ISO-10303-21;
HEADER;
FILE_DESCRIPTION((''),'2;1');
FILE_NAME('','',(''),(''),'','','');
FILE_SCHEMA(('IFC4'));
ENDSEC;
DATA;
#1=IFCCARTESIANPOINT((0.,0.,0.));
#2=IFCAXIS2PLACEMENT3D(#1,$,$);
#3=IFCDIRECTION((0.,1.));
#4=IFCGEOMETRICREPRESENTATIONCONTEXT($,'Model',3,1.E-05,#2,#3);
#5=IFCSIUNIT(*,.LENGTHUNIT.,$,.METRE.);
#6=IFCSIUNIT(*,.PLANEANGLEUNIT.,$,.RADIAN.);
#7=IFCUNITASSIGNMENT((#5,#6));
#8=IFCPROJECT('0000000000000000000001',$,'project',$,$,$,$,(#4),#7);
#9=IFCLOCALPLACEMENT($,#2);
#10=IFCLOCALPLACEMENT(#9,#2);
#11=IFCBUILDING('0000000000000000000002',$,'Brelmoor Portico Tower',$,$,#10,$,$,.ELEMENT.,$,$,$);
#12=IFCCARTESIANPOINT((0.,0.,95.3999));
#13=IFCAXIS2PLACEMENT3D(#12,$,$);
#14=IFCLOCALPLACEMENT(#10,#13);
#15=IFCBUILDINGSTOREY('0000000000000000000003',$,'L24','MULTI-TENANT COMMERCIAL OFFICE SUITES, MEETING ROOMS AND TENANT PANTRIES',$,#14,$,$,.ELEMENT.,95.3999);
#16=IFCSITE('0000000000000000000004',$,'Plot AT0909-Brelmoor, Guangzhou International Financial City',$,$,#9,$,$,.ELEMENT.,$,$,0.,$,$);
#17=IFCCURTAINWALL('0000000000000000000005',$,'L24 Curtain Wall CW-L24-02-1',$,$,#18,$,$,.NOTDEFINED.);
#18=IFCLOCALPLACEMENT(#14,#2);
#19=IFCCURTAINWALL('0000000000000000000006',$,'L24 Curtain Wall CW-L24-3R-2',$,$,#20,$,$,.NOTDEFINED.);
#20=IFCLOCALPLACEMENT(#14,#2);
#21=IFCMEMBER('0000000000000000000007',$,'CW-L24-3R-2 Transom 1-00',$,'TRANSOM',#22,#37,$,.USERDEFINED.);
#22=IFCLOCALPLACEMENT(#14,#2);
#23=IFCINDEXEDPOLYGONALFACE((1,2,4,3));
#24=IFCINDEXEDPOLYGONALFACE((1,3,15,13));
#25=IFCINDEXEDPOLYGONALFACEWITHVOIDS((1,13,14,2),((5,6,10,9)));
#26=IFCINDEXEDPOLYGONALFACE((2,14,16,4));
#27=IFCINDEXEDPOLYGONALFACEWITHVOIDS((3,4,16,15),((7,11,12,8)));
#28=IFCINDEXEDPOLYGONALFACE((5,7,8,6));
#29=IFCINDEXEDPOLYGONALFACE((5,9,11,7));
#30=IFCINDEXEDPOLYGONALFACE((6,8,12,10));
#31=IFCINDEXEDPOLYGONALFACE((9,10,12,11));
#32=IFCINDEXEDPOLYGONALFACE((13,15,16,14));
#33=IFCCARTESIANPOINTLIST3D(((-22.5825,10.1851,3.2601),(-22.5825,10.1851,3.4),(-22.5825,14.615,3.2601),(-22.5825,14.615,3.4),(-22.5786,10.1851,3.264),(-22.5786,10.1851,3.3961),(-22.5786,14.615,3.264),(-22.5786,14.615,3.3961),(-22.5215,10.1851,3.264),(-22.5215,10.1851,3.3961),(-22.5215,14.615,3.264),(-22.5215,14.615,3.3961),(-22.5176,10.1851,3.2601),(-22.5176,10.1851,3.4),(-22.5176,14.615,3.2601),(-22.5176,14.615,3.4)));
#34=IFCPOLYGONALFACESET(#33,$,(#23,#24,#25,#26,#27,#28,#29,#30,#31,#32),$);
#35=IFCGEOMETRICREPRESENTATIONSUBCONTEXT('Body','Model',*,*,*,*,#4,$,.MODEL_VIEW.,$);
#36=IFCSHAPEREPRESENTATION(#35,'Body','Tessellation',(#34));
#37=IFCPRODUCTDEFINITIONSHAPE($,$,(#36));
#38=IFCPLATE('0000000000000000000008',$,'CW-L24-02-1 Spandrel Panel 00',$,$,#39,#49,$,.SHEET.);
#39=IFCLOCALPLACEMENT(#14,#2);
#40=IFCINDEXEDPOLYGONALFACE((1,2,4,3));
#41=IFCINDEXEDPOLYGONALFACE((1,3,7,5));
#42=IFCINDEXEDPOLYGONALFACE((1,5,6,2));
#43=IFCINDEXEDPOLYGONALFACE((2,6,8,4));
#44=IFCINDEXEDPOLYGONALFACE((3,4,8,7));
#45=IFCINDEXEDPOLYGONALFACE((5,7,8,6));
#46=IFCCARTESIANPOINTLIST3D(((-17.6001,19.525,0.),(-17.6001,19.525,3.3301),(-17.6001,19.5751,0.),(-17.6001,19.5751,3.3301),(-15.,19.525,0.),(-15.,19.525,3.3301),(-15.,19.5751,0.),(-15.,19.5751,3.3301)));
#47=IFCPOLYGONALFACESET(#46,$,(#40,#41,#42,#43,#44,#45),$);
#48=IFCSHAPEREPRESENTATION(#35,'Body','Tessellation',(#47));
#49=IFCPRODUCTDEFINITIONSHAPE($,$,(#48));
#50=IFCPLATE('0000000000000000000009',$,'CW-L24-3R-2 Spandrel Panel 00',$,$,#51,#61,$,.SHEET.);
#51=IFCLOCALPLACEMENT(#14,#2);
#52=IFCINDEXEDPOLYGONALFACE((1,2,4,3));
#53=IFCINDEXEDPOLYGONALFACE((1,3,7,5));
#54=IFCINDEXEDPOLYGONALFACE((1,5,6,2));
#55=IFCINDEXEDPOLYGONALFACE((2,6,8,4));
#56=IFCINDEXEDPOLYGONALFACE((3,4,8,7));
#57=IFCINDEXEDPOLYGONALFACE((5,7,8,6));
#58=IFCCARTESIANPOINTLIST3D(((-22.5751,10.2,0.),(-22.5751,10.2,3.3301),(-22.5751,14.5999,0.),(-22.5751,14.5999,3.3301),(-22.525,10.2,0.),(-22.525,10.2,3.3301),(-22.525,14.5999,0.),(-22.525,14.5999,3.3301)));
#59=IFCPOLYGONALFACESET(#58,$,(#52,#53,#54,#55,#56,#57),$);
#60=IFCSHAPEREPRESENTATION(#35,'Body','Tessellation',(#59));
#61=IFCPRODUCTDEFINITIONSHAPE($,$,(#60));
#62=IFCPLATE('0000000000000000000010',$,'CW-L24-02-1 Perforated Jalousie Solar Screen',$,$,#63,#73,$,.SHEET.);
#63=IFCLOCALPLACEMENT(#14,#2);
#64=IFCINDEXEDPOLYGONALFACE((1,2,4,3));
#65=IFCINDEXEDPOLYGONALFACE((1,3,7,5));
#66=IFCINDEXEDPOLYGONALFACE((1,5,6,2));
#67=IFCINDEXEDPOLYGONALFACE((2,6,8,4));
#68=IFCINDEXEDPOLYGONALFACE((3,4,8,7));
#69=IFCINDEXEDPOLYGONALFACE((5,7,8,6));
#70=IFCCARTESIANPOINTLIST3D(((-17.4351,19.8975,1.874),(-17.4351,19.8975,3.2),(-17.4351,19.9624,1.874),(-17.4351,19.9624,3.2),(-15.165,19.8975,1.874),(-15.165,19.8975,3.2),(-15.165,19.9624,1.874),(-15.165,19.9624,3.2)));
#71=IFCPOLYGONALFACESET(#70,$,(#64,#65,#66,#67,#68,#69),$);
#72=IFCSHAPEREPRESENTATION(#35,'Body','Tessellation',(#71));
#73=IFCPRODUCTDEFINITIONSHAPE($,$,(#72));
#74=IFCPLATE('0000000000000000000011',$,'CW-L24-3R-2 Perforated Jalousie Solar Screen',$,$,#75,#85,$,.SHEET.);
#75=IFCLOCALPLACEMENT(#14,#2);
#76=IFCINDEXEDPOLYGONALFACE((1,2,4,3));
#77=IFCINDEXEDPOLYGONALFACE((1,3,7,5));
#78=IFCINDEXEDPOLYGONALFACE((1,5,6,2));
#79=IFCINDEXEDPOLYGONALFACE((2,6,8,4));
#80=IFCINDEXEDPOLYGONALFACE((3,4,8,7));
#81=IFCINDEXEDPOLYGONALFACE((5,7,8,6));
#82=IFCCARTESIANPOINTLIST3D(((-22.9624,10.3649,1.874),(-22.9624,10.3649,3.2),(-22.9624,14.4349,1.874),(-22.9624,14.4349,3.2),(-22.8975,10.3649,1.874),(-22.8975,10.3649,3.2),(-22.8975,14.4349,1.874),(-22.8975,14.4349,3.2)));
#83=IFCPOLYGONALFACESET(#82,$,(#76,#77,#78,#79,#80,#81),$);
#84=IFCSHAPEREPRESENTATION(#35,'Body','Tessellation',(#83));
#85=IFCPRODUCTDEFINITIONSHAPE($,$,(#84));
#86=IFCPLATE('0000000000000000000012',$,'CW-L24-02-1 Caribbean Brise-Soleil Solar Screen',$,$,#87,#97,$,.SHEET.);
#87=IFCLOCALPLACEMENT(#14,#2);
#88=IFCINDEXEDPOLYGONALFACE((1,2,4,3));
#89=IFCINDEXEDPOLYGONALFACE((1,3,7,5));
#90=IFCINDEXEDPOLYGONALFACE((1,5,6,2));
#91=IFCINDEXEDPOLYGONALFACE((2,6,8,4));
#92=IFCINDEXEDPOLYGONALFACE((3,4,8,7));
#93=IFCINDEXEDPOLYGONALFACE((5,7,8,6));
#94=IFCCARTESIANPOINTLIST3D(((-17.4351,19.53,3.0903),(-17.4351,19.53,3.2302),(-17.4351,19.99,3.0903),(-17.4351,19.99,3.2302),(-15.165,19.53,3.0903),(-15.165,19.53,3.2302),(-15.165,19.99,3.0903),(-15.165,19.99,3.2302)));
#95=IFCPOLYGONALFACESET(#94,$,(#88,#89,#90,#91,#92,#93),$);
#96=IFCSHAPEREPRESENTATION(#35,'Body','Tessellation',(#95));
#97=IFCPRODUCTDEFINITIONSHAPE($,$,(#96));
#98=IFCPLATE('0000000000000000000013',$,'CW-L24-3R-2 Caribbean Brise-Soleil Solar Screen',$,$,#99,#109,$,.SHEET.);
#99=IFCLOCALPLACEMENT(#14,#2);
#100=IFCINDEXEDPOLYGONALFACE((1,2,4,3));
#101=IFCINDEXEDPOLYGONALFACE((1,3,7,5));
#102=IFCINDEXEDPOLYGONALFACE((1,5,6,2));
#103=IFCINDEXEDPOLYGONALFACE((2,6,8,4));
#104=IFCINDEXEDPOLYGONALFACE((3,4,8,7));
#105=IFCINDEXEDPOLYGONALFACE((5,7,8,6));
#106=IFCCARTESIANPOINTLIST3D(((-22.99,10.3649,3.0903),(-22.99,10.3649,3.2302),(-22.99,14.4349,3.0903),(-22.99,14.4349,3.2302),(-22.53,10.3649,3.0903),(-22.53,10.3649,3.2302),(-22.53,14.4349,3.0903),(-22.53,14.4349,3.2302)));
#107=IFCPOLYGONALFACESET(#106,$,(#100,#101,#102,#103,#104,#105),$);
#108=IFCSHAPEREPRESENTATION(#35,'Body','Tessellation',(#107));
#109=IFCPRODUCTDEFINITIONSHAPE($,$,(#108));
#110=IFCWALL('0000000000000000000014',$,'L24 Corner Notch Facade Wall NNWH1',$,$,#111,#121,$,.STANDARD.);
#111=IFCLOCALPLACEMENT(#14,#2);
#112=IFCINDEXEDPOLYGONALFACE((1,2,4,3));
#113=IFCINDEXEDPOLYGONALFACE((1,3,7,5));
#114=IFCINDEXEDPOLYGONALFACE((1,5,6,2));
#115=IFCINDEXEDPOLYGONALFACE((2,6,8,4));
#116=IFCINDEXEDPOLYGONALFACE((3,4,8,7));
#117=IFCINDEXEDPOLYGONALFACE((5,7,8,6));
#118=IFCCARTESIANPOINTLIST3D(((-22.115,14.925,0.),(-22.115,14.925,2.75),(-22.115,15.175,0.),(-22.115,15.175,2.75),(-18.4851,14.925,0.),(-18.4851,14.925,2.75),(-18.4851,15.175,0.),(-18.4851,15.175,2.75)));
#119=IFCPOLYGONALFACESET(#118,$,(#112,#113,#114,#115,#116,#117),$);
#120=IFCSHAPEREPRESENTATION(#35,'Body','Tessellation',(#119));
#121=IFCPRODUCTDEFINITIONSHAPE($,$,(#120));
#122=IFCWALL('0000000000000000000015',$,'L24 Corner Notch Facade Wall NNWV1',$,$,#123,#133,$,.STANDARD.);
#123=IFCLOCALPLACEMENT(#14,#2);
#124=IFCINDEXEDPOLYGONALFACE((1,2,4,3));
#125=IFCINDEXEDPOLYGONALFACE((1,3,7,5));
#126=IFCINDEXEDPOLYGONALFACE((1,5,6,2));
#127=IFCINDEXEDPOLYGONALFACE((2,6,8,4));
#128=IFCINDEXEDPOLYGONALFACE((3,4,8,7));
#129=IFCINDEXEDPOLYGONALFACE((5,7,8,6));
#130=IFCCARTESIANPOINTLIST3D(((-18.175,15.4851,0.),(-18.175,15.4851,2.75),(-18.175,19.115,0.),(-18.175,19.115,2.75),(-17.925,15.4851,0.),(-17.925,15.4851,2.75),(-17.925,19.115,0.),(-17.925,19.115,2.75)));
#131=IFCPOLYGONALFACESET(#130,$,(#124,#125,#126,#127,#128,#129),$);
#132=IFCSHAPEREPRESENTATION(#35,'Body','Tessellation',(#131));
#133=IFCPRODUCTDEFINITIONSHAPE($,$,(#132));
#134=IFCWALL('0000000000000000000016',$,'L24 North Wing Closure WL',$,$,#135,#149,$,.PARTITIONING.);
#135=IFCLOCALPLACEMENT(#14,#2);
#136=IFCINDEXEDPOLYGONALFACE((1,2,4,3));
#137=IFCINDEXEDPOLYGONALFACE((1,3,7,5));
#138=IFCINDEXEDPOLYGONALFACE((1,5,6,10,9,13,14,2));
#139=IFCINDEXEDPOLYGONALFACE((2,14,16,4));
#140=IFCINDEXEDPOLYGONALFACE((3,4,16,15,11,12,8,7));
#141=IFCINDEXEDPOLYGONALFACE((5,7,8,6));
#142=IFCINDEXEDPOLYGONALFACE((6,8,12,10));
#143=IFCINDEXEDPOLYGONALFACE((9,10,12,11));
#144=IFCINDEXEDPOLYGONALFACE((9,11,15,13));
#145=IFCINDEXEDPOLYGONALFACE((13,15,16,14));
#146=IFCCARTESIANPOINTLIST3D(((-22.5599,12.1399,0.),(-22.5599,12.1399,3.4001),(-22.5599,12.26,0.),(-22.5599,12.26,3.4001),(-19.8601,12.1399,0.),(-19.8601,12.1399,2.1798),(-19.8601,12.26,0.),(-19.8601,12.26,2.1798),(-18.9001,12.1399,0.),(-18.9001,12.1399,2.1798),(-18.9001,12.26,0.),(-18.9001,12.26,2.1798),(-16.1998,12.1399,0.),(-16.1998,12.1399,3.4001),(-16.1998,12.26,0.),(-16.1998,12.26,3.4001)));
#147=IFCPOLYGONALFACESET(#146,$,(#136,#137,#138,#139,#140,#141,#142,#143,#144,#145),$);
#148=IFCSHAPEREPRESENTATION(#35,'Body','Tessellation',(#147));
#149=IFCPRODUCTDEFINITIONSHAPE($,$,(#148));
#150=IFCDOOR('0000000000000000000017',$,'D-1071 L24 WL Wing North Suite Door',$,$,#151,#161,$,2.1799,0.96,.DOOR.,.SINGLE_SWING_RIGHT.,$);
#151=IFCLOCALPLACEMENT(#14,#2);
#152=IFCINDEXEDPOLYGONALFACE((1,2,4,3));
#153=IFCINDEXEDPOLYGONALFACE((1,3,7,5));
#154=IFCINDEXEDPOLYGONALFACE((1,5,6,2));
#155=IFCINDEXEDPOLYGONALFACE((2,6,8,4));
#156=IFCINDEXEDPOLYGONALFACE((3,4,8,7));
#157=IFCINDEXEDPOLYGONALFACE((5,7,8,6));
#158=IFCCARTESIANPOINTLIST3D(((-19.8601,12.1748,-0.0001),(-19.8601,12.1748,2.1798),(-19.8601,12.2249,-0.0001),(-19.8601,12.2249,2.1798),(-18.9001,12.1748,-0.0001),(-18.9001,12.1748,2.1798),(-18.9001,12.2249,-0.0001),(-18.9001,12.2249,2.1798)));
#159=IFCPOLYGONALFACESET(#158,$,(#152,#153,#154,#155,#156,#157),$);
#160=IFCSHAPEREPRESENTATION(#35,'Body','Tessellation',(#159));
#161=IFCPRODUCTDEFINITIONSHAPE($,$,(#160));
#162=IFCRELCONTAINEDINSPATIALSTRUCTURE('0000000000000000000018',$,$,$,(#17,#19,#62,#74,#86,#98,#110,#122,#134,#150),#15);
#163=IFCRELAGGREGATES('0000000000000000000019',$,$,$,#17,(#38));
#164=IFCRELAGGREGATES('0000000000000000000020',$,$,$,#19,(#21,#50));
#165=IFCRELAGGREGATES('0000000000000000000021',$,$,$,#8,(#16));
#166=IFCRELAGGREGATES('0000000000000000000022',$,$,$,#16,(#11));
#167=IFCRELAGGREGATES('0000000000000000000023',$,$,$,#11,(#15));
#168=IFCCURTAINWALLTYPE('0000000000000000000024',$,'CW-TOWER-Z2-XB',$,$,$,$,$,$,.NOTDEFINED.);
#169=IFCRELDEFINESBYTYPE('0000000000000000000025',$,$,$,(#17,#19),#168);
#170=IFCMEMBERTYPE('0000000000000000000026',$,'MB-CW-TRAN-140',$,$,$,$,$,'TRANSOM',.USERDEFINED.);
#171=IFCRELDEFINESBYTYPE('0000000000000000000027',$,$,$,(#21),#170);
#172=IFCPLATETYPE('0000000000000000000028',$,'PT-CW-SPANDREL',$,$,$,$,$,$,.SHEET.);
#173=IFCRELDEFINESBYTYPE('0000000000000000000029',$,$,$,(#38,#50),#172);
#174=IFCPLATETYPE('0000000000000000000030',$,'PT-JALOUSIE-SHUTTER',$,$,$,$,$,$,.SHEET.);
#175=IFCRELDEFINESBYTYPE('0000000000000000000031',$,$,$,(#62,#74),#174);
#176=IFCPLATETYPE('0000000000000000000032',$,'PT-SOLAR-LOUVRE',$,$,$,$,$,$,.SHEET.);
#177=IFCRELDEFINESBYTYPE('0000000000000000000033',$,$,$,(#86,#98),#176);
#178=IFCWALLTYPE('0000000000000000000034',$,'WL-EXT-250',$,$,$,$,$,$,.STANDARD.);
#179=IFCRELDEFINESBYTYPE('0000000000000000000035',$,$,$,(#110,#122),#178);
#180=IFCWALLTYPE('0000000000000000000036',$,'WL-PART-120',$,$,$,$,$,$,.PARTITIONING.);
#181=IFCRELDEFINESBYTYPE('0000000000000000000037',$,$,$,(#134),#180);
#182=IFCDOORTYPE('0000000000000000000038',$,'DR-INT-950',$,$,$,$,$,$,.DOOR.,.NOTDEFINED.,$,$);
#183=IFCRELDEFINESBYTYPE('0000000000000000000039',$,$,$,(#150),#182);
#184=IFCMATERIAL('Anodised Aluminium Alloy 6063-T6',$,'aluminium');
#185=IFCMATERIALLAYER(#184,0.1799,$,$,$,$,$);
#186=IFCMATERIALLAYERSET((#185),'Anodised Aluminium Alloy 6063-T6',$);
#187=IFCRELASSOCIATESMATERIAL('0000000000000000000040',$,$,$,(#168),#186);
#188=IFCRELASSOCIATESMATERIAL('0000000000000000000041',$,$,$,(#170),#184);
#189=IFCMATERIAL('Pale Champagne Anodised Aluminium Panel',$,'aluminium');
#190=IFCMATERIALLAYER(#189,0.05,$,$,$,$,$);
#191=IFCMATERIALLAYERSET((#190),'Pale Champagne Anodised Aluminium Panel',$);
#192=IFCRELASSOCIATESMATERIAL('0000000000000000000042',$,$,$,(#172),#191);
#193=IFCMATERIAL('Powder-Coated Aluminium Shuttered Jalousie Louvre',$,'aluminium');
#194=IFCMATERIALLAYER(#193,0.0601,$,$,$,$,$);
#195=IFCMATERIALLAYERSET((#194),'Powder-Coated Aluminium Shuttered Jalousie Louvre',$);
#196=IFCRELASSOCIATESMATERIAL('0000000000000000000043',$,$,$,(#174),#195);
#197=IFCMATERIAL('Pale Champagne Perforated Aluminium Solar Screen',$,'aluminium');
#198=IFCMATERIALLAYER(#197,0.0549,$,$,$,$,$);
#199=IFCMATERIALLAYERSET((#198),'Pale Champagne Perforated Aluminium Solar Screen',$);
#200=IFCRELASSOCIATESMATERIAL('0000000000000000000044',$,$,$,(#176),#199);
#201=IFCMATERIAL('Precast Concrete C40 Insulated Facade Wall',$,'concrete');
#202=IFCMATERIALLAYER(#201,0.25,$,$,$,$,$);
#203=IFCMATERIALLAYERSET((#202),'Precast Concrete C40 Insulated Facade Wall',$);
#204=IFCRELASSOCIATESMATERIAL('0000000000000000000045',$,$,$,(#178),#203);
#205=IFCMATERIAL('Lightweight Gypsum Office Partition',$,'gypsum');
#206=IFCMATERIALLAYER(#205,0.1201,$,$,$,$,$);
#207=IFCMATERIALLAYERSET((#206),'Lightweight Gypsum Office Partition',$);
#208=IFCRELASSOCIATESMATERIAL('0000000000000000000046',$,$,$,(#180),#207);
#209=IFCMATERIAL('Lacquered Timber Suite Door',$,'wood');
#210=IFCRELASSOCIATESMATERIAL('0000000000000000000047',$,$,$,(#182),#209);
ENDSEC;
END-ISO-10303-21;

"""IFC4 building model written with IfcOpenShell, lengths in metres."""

from ifc_helpers import new_model, si_unit, direction, frame, frame_2d, origin, origin_2d, place, context, subcontext, project, spatial, rectangle, hollow_rectangle, extrude, material, layer, layer_set, material_profile, profile_set, type_object, element, fill, aggregate, save


model = new_model("IFC4")

# Units and contexts
model_context = context("Model", 3, precision=1e-05, world=origin(), true_north=direction((0.0, 1.0)))
body_context = subcontext(model_context, "Body", "Model", "MODEL_VIEW")
ifc_project = project(units=[si_unit("LENGTHUNIT", "METRE"), si_unit("PLANEANGLEUNIT", "RADIAN")], contexts=[model_context])

# Site, building, storey
site_placement = place(None, origin())
site = spatial("IfcSite", under=ifc_project, at=site_placement, Name="Plot AT0909-Brelmoor, Guangzhou International Financial City", CompositionType="ELEMENT", RefElevation=0.0)
building_placement = place(site_placement, origin())
building = spatial("IfcBuilding", under=site, at=building_placement, Name="Brelmoor Portico Tower", CompositionType="ELEMENT")
storey_placement = place(building_placement, frame((0.0, 0.0, 95.3999)))
storey = spatial("IfcBuildingStorey", under=building, at=storey_placement, Name="L24", Description="MULTI-TENANT COMMERCIAL OFFICE SUITES, MEETING ROOMS AND TENANT PANTRIES", CompositionType="ELEMENT", Elevation=95.3999)

# Curtain wall
ifc_material_1 = material(Name="Anodised Aluminium Alloy 6063-T6", Category="aluminium")
ifc_layer_1 = layer(ifc_material_1, 0.1799)
ifc_layer_set_1 = layer_set([ifc_layer_1], Name="Anodised Aluminium Alloy 6063-T6")
curtain_wall_type = type_object("IfcCurtainWallType", Name="CW-TOWER-Z2-XB", PredefinedType="NOTDEFINED", material=ifc_layer_set_1)
curtain_wall_1_placement = place(storey_placement, origin())
curtain_wall_1 = element("IfcCurtainWall", 1, at=curtain_wall_1_placement, inside=storey, type_object=curtain_wall_type, Name="L24 Curtain Wall CW-L24-02-1", PredefinedType="NOTDEFINED")

# Curtain wall
curtain_wall_2_placement = place(storey_placement, origin())
curtain_wall_2 = element("IfcCurtainWall", 2, at=curtain_wall_2_placement, inside=storey, type_object=curtain_wall_type, Name="L24 Curtain Wall CW-L24-3R-2", PredefinedType="NOTDEFINED")

# Member
ifc_material_profile_1 = material_profile(ifc_material_1, hollow_rectangle(XDim=0.0649, YDim=0.1399, WallThickness=0.0039, at=origin_2d()), Name="ALU TRANSOM 65x140")
ifc_profile_set_1 = profile_set([ifc_material_profile_1], Name="Anodised Aluminium Alloy 6063-T6")
member_type_1 = type_object("IfcMemberType", Name="MB-CW-TRAN-140", ElementType="TRANSOM", PredefinedType="USERDEFINED", material=ifc_profile_set_1)
member_1_placement = place(storey_placement, frame((-22.55, 10.1851, 3.3301), z_axis=(0.0, 1.0, 0.0), x_axis=(-1.0, 0.0, 0.0)))
member_1 = element("IfcMember", 3, at=member_1_placement, type_object=member_type_1, Name="CW-L24-3R-2 Transom 1-00", ObjectType="TRANSOM", PredefinedType="USERDEFINED", context=body_context, shape_type="SweptSolid", body=[
    extrude(hollow_rectangle(XDim=0.0649, YDim=0.1399, WallThickness=0.0039, at=origin_2d()), origin(), (0.0, 0.0, 1.0), 4.4299),
])

# Plates
ifc_material_2 = material(Name="Pale Champagne Anodised Aluminium Panel", Category="aluminium")
ifc_layer_2 = layer(ifc_material_2, 0.05)
ifc_layer_set_2 = layer_set([ifc_layer_2], Name="Pale Champagne Anodised Aluminium Panel")
plate_type_1 = type_object("IfcPlateType", Name="PT-CW-SPANDREL", PredefinedType="SHEET", material=ifc_layer_set_2)
plate_1_placement = place(storey_placement, frame((-16.3, 19.55, 0.0), z_axis=(0.0, 0.0, 1.0), x_axis=(1.0, 0.0, 0.0)))
plate_1 = element("IfcPlate", 4, at=plate_1_placement, type_object=plate_type_1, Name="CW-L24-02-1 Spandrel Panel 00", PredefinedType="SHEET", context=body_context, shape_type="SweptSolid", body=[
    extrude(rectangle(XDim=2.6001, YDim=0.05, at=origin_2d()), origin(), (0.0, 0.0, 1.0), 3.3301),
])
aggregate(curtain_wall_1, [plate_1])
plate_2_placement = place(storey_placement, frame((-22.55, 12.3999, 0.0), z_axis=(0.0, 0.0, 1.0), x_axis=(0.0, 1.0, 0.0)))
plate_2 = element("IfcPlate", 5, at=plate_2_placement, type_object=plate_type_1, Name="CW-L24-3R-2 Spandrel Panel 00", PredefinedType="SHEET", context=body_context, shape_type="SweptSolid", body=[
    extrude(rectangle(XDim=4.3999, YDim=0.05, at=origin_2d()), origin(), (0.0, 0.0, 1.0), 3.3301),
])
aggregate(curtain_wall_2, [member_1, plate_2])

# Plates
ifc_material_3 = material(Name="Powder-Coated Aluminium Shuttered Jalousie Louvre", Category="aluminium")
ifc_layer_3 = layer(ifc_material_3, 0.0601)
ifc_layer_set_3 = layer_set([ifc_layer_3], Name="Powder-Coated Aluminium Shuttered Jalousie Louvre")
plate_type_2 = type_object("IfcPlateType", Name="PT-JALOUSIE-SHUTTER", PredefinedType="SHEET", material=ifc_layer_set_3)
plate_3_placement = place(storey_placement, frame((-16.3, 19.9299, 1.874), z_axis=(0.0, 0.0, 1.0), x_axis=(1.0, 0.0, 0.0)))
element("IfcPlate", 6, at=plate_3_placement, inside=storey, type_object=plate_type_2, Name="CW-L24-02-1 Perforated Jalousie Solar Screen", PredefinedType="SHEET", context=body_context, shape_type="SweptSolid", body=[
    extrude(rectangle(XDim=2.27, YDim=0.0649, at=origin_2d()), origin(), (0.0, 0.0, 1.0), 1.3259),
])
plate_4_placement = place(storey_placement, frame((-22.9299, 12.3999, 1.874), z_axis=(0.0, 0.0, 1.0), x_axis=(0.0, 1.0, 0.0)))
element("IfcPlate", 7, at=plate_4_placement, inside=storey, type_object=plate_type_2, Name="CW-L24-3R-2 Perforated Jalousie Solar Screen", PredefinedType="SHEET", context=body_context, shape_type="SweptSolid", body=[
    extrude(rectangle(XDim=4.0701, YDim=0.0649, at=origin_2d()), origin(), (0.0, 0.0, 1.0), 1.3259),
])
ifc_material_4 = material(Name="Pale Champagne Perforated Aluminium Solar Screen", Category="aluminium")
ifc_layer_4 = layer(ifc_material_4, 0.0549)
ifc_layer_set_4 = layer_set([ifc_layer_4], Name="Pale Champagne Perforated Aluminium Solar Screen")
plate_type_3 = type_object("IfcPlateType", Name="PT-SOLAR-LOUVRE", PredefinedType="SHEET", material=ifc_layer_set_4)
plate_5_placement = place(storey_placement, frame((-16.3, 19.76, 3.0903), z_axis=(0.0, 0.0, 1.0), x_axis=(1.0, 0.0, 0.0)))
element("IfcPlate", 8, at=plate_5_placement, inside=storey, type_object=plate_type_3, Name="CW-L24-02-1 Caribbean Brise-Soleil Solar Screen", PredefinedType="SHEET", context=body_context, shape_type="SweptSolid", body=[
    extrude(rectangle(XDim=2.27, YDim=0.46, at=origin_2d()), origin(), (0.0, 0.0, 1.0), 0.1399),
])
plate_6_placement = place(storey_placement, frame((-22.76, 12.3999, 3.0903), z_axis=(0.0, 0.0, 1.0), x_axis=(0.0, 1.0, 0.0)))
element("IfcPlate", 9, at=plate_6_placement, inside=storey, type_object=plate_type_3, Name="CW-L24-3R-2 Caribbean Brise-Soleil Solar Screen", PredefinedType="SHEET", context=body_context, shape_type="SweptSolid", body=[
    extrude(rectangle(XDim=4.0701, YDim=0.46, at=origin_2d()), origin(), (0.0, 0.0, 1.0), 0.1399),
])

# Walls
ifc_material_5 = material(Name="Precast Concrete C40 Insulated Facade Wall", Category="concrete")
ifc_layer_5 = layer(ifc_material_5, 0.25)
ifc_layer_set_5 = layer_set([ifc_layer_5], Name="Precast Concrete C40 Insulated Facade Wall")
wall_type_1 = type_object("IfcWallType", Name="WL-EXT-250", PredefinedType="STANDARD", material=ifc_layer_set_5)
for number, where, z_axis, x_axis, name in (
    (10, (-22.115, 15.05, 0.0), (0.0, 0.0, 1.0), (1.0, 0.0, 0.0), "L24 Corner Notch Facade Wall NNWH1"),
    (11, (-18.05, 15.4851, 0.0), (0.0, 0.0, 1.0), (0.0, 1.0, 0.0), "L24 Corner Notch Facade Wall NNWV1"),
):
    element("IfcWall", number, at=place(storey_placement, frame(where, z_axis=z_axis, x_axis=x_axis)), inside=storey, type_object=wall_type_1, Name=name, PredefinedType="STANDARD", context=body_context, shape_type="SweptSolid", body=[
        extrude(rectangle(XDim=3.6299, YDim=0.25, at=frame_2d((1.8149, 0.0))), origin(), (0.0, 0.0, 1.0), 2.75),
    ])

# Wall, opening, door
ifc_material_6 = material(Name="Lightweight Gypsum Office Partition", Category="gypsum")
ifc_layer_6 = layer(ifc_material_6, 0.1201)
ifc_layer_set_6 = layer_set([ifc_layer_6], Name="Lightweight Gypsum Office Partition")
wall_type_2 = type_object("IfcWallType", Name="WL-PART-120", PredefinedType="PARTITIONING", material=ifc_layer_set_6)
wall_1_placement = place(storey_placement, frame((-22.5601, 12.2, 0.0), z_axis=(0.0, 0.0, 1.0), x_axis=(1.0, 0.0, 0.0)))
wall_1 = element("IfcWall", 12, at=wall_1_placement, inside=storey, type_object=wall_type_2, Name="L24 North Wing Closure WL", PredefinedType="PARTITIONING", context=body_context, shape_type="SweptSolid", body=[
    extrude(rectangle(XDim=6.3601, YDim=0.1201, at=frame_2d((3.1802, 0.0))), origin(), (0.0, 0.0, 1.0), 3.4001),
])
opening_1_placement = place(wall_1_placement, frame((2.7, 0.0, 0.0)))
opening_1 = element("IfcOpeningElement", 13, at=opening_1_placement, cuts=wall_1, PredefinedType="OPENING", context=body_context, shape_type="SweptSolid", body=[
    extrude(rectangle(XDim=0.96, YDim=2.1799, at=frame_2d((0.48, 1.0898))), frame((0.0, 0.0701, 0.0), z_axis=(0.0, -1.0, 0.0), x_axis=(1.0, 0.0, 0.0)), (0.0, 0.0, 1.0), 0.1401),
])
ifc_material_7 = material(Name="Lacquered Timber Suite Door", Category="wood")
door_type_1 = type_object("IfcDoorType", Name="DR-INT-950", OperationType="NOTDEFINED", PredefinedType="DOOR", material=ifc_material_7)
door_1_placement = place(opening_1_placement, origin())
door_1 = element("IfcDoor", 14, at=door_1_placement, inside=storey, type_object=door_type_1, Name="D-1071 L24 WL Wing North Suite Door", OperationType="SINGLE_SWING_RIGHT", OverallHeight=2.1799, OverallWidth=0.96, PredefinedType="DOOR", context=body_context, shape_type="SweptSolid", body=[
    extrude(rectangle(XDim=0.96, YDim=2.1799, at=frame_2d((0.48, 1.0898))), frame((0.0, 0.0249, 0.0), z_axis=(0.0, -1.0, 0.0), x_axis=(1.0, 0.0, 0.0)), (0.0, 0.0, 1.0), 0.05),
])
fill(opening_1, door_1)

save(model, "model.ifc")
